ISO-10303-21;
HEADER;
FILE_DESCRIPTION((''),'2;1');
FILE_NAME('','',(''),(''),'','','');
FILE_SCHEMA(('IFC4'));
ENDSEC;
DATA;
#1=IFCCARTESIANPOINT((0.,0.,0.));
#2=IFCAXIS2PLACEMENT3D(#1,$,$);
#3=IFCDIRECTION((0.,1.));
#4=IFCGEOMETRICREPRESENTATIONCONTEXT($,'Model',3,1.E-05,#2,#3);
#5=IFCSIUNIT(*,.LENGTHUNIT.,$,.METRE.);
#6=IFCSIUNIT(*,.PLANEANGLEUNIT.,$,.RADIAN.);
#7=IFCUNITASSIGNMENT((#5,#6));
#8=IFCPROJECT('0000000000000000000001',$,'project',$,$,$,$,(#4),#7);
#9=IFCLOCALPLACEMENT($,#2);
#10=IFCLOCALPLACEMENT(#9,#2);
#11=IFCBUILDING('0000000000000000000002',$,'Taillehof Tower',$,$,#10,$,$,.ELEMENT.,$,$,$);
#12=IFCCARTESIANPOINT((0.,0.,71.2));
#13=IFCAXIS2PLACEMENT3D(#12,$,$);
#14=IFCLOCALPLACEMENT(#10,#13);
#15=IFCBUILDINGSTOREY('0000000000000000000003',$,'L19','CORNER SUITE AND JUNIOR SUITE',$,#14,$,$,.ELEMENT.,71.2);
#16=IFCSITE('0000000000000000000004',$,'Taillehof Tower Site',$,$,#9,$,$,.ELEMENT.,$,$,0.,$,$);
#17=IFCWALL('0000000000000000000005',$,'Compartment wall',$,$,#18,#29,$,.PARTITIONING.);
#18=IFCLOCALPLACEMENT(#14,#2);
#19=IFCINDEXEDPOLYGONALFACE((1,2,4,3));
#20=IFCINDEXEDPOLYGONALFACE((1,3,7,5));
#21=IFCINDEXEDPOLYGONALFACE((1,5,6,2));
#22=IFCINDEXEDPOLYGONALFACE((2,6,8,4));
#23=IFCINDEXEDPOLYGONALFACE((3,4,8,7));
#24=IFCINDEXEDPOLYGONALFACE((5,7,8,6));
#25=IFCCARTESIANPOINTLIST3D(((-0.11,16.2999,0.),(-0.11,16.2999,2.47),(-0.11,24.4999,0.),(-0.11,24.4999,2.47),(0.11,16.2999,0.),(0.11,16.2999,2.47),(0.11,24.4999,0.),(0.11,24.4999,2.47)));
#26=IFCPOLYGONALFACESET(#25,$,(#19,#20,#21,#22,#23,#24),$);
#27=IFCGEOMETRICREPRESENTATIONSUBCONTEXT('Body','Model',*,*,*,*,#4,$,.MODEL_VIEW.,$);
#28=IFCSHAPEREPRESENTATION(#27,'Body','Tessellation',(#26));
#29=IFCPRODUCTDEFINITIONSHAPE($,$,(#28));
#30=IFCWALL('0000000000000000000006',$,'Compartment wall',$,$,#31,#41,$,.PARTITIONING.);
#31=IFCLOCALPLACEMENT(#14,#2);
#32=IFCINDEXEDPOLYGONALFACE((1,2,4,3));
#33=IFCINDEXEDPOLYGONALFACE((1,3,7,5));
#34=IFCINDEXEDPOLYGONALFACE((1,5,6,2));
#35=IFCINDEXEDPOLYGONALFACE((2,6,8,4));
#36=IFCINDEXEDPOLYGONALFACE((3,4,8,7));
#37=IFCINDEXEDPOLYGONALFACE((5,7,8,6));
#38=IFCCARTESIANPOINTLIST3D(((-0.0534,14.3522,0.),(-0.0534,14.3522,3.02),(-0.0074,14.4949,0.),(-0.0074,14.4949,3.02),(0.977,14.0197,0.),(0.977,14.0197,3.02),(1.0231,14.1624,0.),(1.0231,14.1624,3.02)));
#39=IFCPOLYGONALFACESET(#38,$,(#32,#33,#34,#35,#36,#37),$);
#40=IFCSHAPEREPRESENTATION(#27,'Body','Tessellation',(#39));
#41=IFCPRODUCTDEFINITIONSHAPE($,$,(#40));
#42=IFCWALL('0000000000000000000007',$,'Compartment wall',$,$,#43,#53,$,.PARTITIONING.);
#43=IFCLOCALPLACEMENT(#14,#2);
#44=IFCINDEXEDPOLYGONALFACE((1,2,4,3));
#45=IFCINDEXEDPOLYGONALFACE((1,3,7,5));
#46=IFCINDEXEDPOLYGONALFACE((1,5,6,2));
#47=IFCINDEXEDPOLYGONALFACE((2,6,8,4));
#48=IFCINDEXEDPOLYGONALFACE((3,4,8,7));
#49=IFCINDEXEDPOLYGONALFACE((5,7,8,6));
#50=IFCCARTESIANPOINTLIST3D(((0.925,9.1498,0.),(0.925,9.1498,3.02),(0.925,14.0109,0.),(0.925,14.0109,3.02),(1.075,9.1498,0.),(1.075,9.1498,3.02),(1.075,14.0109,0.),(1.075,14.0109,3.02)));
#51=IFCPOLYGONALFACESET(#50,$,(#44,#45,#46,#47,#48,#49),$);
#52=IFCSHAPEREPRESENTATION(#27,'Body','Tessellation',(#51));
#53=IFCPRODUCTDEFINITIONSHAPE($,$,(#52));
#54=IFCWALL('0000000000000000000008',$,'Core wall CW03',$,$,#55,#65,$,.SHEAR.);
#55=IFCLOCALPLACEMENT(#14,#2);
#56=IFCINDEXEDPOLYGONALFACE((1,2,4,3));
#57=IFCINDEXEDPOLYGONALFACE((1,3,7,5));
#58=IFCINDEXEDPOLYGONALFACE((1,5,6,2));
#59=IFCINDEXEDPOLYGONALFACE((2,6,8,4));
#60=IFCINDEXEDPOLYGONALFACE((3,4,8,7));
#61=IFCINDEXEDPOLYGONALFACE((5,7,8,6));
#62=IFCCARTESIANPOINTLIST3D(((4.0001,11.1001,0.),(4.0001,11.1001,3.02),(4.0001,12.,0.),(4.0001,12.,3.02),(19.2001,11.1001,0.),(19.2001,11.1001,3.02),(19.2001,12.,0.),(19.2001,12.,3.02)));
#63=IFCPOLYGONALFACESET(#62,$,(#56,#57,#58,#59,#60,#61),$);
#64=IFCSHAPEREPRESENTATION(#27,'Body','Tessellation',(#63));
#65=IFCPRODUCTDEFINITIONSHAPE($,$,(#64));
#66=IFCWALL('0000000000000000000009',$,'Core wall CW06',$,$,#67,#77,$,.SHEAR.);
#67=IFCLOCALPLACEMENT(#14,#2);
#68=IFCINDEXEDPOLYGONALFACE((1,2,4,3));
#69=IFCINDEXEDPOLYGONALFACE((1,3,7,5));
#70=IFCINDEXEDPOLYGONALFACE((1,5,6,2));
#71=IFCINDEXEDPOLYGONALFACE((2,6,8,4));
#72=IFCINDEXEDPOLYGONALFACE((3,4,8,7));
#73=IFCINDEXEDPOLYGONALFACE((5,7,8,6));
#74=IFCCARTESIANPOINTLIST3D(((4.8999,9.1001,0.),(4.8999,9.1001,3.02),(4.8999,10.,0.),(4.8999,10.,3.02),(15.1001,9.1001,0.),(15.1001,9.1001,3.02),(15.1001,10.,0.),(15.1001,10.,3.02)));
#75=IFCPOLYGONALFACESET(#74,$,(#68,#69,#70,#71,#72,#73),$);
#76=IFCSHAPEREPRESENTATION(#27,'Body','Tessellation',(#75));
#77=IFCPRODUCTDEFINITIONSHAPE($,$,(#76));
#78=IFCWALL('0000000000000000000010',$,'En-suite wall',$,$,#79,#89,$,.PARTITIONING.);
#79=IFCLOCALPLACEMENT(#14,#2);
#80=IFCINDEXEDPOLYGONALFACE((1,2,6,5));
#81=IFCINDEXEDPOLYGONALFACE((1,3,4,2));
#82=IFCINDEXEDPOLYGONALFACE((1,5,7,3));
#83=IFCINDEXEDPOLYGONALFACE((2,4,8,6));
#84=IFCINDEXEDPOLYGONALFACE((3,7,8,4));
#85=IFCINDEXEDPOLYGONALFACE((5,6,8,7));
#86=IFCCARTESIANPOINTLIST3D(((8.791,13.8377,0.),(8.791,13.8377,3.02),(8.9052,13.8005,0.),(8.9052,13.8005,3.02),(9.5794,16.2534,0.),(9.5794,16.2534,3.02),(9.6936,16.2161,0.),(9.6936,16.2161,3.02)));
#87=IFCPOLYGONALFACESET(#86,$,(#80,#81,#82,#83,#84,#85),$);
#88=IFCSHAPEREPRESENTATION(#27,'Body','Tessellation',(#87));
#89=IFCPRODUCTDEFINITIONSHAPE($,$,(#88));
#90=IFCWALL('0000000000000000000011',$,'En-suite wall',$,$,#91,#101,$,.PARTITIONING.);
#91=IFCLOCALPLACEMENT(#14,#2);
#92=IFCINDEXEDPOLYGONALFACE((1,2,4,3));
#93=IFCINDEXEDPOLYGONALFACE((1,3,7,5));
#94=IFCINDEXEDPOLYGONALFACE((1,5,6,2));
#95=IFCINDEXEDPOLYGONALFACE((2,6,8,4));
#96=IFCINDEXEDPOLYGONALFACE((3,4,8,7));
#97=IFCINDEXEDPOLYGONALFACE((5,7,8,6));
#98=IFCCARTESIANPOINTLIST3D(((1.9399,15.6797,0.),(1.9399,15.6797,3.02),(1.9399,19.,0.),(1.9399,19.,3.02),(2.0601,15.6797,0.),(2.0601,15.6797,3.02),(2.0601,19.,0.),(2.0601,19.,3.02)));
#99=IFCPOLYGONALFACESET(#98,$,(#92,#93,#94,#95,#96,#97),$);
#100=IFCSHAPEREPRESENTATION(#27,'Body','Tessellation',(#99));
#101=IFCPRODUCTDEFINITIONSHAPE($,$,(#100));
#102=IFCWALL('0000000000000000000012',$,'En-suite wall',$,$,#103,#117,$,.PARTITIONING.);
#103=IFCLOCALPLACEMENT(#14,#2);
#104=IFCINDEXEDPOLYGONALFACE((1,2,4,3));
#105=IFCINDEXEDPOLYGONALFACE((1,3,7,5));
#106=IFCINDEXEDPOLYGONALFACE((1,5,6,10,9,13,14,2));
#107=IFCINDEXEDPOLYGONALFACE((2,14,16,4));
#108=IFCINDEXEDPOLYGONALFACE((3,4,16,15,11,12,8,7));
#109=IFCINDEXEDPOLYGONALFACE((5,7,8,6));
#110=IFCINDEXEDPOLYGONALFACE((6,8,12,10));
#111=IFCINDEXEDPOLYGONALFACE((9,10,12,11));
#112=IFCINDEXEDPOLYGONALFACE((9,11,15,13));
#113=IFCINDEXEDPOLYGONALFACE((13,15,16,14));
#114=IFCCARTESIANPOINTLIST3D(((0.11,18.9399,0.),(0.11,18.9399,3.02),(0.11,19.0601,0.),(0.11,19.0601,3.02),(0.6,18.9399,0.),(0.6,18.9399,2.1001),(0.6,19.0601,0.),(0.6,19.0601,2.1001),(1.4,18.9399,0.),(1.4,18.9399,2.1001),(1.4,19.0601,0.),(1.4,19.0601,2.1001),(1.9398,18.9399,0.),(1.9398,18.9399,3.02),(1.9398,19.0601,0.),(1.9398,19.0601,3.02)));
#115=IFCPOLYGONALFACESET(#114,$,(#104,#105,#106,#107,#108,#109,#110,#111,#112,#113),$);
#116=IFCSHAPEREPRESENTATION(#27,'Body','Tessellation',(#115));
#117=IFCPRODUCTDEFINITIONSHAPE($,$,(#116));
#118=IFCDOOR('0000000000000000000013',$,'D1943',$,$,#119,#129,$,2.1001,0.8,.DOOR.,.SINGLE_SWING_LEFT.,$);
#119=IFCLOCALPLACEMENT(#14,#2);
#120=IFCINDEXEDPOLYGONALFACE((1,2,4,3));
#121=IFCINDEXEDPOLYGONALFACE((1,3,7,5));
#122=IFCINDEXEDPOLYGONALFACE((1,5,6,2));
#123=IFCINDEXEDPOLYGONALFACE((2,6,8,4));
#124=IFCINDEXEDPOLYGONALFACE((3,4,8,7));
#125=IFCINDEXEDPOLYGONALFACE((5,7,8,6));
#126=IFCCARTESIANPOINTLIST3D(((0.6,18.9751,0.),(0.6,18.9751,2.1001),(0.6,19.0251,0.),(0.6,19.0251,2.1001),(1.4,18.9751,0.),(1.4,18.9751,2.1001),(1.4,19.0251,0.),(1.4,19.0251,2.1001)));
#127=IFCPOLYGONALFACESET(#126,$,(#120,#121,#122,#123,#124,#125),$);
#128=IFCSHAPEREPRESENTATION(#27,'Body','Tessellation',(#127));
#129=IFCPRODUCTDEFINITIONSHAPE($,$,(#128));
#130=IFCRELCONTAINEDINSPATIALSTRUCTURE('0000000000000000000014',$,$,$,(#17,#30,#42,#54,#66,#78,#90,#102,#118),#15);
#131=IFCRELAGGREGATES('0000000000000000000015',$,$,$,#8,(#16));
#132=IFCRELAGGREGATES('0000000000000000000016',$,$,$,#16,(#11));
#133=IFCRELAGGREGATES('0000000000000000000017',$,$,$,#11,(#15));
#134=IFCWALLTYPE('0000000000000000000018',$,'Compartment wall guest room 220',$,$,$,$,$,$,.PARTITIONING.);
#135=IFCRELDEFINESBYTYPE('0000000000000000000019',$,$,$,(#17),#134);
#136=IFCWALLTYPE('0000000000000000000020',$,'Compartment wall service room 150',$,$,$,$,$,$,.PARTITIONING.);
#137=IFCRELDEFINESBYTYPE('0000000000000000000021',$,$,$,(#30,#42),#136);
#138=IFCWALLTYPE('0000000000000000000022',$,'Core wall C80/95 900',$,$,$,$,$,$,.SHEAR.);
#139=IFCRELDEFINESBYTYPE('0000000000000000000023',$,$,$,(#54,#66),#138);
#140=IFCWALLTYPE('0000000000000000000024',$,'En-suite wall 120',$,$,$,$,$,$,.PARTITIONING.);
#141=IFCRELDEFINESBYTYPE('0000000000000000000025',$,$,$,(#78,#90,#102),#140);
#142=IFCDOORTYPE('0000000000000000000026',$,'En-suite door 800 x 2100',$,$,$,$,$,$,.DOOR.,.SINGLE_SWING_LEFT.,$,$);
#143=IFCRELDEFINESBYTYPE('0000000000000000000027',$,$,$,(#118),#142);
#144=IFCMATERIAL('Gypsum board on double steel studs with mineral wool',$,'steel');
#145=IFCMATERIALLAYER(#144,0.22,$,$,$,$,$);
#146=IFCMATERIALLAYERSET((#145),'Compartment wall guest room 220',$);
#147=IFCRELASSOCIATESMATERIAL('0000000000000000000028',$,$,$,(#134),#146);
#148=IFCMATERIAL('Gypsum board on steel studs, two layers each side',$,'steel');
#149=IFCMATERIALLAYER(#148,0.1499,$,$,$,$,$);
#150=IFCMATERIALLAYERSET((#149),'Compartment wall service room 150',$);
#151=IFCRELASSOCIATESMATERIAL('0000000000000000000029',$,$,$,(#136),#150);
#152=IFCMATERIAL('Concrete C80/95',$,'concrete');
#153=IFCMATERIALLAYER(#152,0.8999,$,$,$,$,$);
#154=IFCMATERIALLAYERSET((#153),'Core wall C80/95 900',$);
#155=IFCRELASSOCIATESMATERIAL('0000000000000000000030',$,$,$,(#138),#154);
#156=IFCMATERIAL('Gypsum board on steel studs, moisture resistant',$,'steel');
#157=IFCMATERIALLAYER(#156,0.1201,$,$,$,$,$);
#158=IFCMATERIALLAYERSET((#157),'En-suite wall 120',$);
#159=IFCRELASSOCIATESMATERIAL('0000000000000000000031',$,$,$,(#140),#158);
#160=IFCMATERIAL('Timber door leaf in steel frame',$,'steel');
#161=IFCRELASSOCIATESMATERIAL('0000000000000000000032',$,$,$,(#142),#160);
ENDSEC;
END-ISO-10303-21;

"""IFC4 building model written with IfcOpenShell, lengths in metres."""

from ifc_helpers import new_model, si_unit, direction, frame, frame_2d, origin, place, context, subcontext, project, spatial, rectangle, extrude, material, layer, layer_set, type_object, element, fill, save


model = new_model("IFC4")

# Units and contexts
model_context = context("Model", 3, precision=1e-05, world=origin(), true_north=direction((0.0, 1.0)))
body_context = subcontext(model_context, "Body", "Model", "MODEL_VIEW")
ifc_project = project(units=[si_unit("LENGTHUNIT", "METRE"), si_unit("PLANEANGLEUNIT", "RADIAN")], contexts=[model_context])

# Site, building, storey
site_placement = place(None, origin())
site = spatial("IfcSite", under=ifc_project, at=site_placement, Name="Taillehof Tower Site", CompositionType="ELEMENT", RefElevation=0.0)
building_placement = place(site_placement, origin())
building = spatial("IfcBuilding", under=site, at=building_placement, Name="Taillehof Tower", CompositionType="ELEMENT")
storey_placement = place(building_placement, frame((0.0, 0.0, 71.2)))
storey = spatial("IfcBuildingStorey", under=building, at=storey_placement, Name="L19", Description="CORNER SUITE AND JUNIOR SUITE", CompositionType="ELEMENT", Elevation=71.2)

# Walls
ifc_material_1 = material(Name="Gypsum board on double steel studs with mineral wool", Category="steel")
ifc_layer_1 = layer(ifc_material_1, 0.22)
ifc_layer_set_1 = layer_set([ifc_layer_1], Name="Compartment wall guest room 220")
wall_type_1 = type_object("IfcWallType", Name="Compartment wall guest room 220", PredefinedType="PARTITIONING", material=ifc_layer_set_1)
wall_1_placement = place(storey_placement, frame((0.0, 24.5, 0.0), z_axis=(0.0, 0.0, 1.0), x_axis=(0.0, -1.0, 0.0)))
element("IfcWall", 1, at=wall_1_placement, inside=storey, type_object=wall_type_1, Name="Compartment wall", PredefinedType="PARTITIONING", context=body_context, shape_type="SweptSolid", body=[
    extrude(rectangle(XDim=8.2, YDim=0.22, at=frame_2d((4.1001, 0.0))), origin(), (0.0, 0.0, 1.0), 2.47),
])
ifc_material_2 = material(Name="Gypsum board on steel studs, two layers each side", Category="steel")
ifc_layer_2 = layer(ifc_material_2, 0.1499)
ifc_layer_set_2 = layer_set([ifc_layer_2], Name="Compartment wall service room 150")
wall_type_2 = type_object("IfcWallType", Name="Compartment wall service room 150", PredefinedType="PARTITIONING", material=ifc_layer_set_2)
wall_2_placement = place(storey_placement, frame((-0.0305, 14.4236, 0.0), z_axis=(0.0, 0.0, 1.0), x_axis=(0.951683, -0.307082, 0.0)))
element("IfcWall", 2, at=wall_2_placement, inside=storey, type_object=wall_type_2, Name="Compartment wall", PredefinedType="PARTITIONING", context=body_context, shape_type="SweptSolid", body=[
    extrude(rectangle(XDim=1.0828, YDim=0.1499, at=frame_2d((0.5415, 0.0))), origin(), (0.0, 0.0, 1.0), 3.02),
])
wall_3_placement = place(storey_placement, frame((1.0, 14.011, 0.0), z_axis=(0.0, 0.0, 1.0), x_axis=(0.0, -1.0, 0.0)))
element("IfcWall", 3, at=wall_3_placement, inside=storey, type_object=wall_type_2, Name="Compartment wall", PredefinedType="PARTITIONING", context=body_context, shape_type="SweptSolid", body=[
    extrude(rectangle(XDim=4.8611, YDim=0.1499, at=frame_2d((2.4307, 0.0))), origin(), (0.0, 0.0, 1.0), 3.02),
])
ifc_material_3 = material(Name="Concrete C80/95", Category="concrete")
ifc_layer_3 = layer(ifc_material_3, 0.8999)
ifc_layer_set_3 = layer_set([ifc_layer_3], Name="Core wall C80/95 900")
wall_type_3 = type_object("IfcWallType", Name="Core wall C80/95 900", PredefinedType="SHEAR", material=ifc_layer_set_3)
wall_4_placement = place(storey_placement, frame((4.0, 11.55, 0.0), z_axis=(0.0, 0.0, 1.0), x_axis=(1.0, 0.0, 0.0)))
element("IfcWall", 4, at=wall_4_placement, inside=storey, type_object=wall_type_3, Name="Core wall CW03", PredefinedType="SHEAR", context=body_context, shape_type="SweptSolid", body=[
    extrude(rectangle(XDim=15.2, YDim=0.8999, at=frame_2d((7.6001, 0.0))), origin(), (0.0, 0.0, 1.0), 3.02),
])
wall_5_placement = place(storey_placement, frame((4.8999, 9.55, 0.0), z_axis=(0.0, 0.0, 1.0), x_axis=(1.0, 0.0, 0.0)))
element("IfcWall", 5, at=wall_5_placement, inside=storey, type_object=wall_type_3, Name="Core wall CW06", PredefinedType="SHEAR", context=body_context, shape_type="SweptSolid", body=[
    extrude(rectangle(XDim=10.2002, YDim=0.8999, at=frame_2d((5.1001, 0.0))), origin(), (0.0, 0.0, 1.0), 3.02),
])
ifc_material_4 = material(Name="Gypsum board on steel studs, moisture resistant", Category="steel")
ifc_layer_4 = layer(ifc_material_4, 0.1201)
ifc_layer_set_4 = layer_set([ifc_layer_4], Name="En-suite wall 120")
wall_type_4 = type_object("IfcWallType", Name="En-suite wall 120", PredefinedType="PARTITIONING", material=ifc_layer_set_4)
wall_6_placement = place(storey_placement, frame((8.8481, 13.8191, 0.0), z_axis=(0.0, 0.0, 1.0), x_axis=(0.310255, 0.950653, 0.0)))
element("IfcWall", 6, at=wall_6_placement, inside=storey, type_object=wall_type_4, Name="En-suite wall", PredefinedType="PARTITIONING", context=body_context, shape_type="SweptSolid", body=[
    extrude(rectangle(XDim=2.541, YDim=0.1201, at=frame_2d((1.2705, 0.0))), origin(), (0.0, 0.0, 1.0), 3.02),
])
wall_7_placement = place(storey_placement, frame((2.0, 15.6797, 0.0), z_axis=(0.0, 0.0, 1.0), x_axis=(0.0, 1.0, 0.0)))
element("IfcWall", 7, at=wall_7_placement, inside=storey, type_object=wall_type_4, Name="En-suite wall", PredefinedType="PARTITIONING", context=body_context, shape_type="SweptSolid", body=[
    extrude(rectangle(XDim=3.3203, YDim=0.1201, at=frame_2d((1.6602, 0.0))), origin(), (0.0, 0.0, 1.0), 3.02),
])

# Wall, opening, door
wall_8_placement = place(storey_placement, frame((1.9399, 19.0, 0.0), z_axis=(0.0, 0.0, 1.0), x_axis=(-1.0, 0.0, 0.0)))
wall_8 = element("IfcWall", 8, at=wall_8_placement, inside=storey, type_object=wall_type_4, Name="En-suite wall", PredefinedType="PARTITIONING", context=body_context, shape_type="SweptSolid", body=[
    extrude(rectangle(XDim=1.8298, YDim=0.1201, at=frame_2d((0.915, 0.0))), origin(), (0.0, 0.0, 1.0), 3.02),
])
opening_1_placement = place(wall_8_placement, frame((0.54, 0.0, 0.0)))
opening_1 = element("IfcOpeningElement", 9, at=opening_1_placement, cuts=wall_8, PredefinedType="OPENING", context=body_context, shape_type="SweptSolid", body=[
    extrude(rectangle(XDim=0.8, YDim=2.1001, at=frame_2d((0.3999, 1.05))), frame((0.0, 0.0701, 0.0), z_axis=(0.0, -1.0, 0.0), x_axis=(1.0, 0.0, 0.0)), (0.0, 0.0, 1.0), 0.1401),
])
ifc_material_5 = material(Name="Timber door leaf in steel frame", Category="steel")
door_type_1 = type_object("IfcDoorType", Name="En-suite door 800 x 2100", OperationType="SINGLE_SWING_LEFT", PredefinedType="DOOR", material=ifc_material_5)
door_1_placement = place(opening_1_placement, origin())
door_1 = element("IfcDoor", 10, at=door_1_placement, inside=storey, type_object=door_type_1, Name="D1943", OperationType="SINGLE_SWING_LEFT", OverallHeight=2.1001, OverallWidth=0.8, PredefinedType="DOOR", context=body_context, shape_type="SweptSolid", body=[
    extrude(rectangle(XDim=0.8, YDim=2.1001, at=frame_2d((0.3999, 1.05))), frame((0.0, 0.0249, 0.0), z_axis=(0.0, -1.0, 0.0), x_axis=(1.0, 0.0, 0.0)), (0.0, 0.0, 1.0), 0.05),
])
fill(opening_1, door_1)

save(model, "model.ifc")
